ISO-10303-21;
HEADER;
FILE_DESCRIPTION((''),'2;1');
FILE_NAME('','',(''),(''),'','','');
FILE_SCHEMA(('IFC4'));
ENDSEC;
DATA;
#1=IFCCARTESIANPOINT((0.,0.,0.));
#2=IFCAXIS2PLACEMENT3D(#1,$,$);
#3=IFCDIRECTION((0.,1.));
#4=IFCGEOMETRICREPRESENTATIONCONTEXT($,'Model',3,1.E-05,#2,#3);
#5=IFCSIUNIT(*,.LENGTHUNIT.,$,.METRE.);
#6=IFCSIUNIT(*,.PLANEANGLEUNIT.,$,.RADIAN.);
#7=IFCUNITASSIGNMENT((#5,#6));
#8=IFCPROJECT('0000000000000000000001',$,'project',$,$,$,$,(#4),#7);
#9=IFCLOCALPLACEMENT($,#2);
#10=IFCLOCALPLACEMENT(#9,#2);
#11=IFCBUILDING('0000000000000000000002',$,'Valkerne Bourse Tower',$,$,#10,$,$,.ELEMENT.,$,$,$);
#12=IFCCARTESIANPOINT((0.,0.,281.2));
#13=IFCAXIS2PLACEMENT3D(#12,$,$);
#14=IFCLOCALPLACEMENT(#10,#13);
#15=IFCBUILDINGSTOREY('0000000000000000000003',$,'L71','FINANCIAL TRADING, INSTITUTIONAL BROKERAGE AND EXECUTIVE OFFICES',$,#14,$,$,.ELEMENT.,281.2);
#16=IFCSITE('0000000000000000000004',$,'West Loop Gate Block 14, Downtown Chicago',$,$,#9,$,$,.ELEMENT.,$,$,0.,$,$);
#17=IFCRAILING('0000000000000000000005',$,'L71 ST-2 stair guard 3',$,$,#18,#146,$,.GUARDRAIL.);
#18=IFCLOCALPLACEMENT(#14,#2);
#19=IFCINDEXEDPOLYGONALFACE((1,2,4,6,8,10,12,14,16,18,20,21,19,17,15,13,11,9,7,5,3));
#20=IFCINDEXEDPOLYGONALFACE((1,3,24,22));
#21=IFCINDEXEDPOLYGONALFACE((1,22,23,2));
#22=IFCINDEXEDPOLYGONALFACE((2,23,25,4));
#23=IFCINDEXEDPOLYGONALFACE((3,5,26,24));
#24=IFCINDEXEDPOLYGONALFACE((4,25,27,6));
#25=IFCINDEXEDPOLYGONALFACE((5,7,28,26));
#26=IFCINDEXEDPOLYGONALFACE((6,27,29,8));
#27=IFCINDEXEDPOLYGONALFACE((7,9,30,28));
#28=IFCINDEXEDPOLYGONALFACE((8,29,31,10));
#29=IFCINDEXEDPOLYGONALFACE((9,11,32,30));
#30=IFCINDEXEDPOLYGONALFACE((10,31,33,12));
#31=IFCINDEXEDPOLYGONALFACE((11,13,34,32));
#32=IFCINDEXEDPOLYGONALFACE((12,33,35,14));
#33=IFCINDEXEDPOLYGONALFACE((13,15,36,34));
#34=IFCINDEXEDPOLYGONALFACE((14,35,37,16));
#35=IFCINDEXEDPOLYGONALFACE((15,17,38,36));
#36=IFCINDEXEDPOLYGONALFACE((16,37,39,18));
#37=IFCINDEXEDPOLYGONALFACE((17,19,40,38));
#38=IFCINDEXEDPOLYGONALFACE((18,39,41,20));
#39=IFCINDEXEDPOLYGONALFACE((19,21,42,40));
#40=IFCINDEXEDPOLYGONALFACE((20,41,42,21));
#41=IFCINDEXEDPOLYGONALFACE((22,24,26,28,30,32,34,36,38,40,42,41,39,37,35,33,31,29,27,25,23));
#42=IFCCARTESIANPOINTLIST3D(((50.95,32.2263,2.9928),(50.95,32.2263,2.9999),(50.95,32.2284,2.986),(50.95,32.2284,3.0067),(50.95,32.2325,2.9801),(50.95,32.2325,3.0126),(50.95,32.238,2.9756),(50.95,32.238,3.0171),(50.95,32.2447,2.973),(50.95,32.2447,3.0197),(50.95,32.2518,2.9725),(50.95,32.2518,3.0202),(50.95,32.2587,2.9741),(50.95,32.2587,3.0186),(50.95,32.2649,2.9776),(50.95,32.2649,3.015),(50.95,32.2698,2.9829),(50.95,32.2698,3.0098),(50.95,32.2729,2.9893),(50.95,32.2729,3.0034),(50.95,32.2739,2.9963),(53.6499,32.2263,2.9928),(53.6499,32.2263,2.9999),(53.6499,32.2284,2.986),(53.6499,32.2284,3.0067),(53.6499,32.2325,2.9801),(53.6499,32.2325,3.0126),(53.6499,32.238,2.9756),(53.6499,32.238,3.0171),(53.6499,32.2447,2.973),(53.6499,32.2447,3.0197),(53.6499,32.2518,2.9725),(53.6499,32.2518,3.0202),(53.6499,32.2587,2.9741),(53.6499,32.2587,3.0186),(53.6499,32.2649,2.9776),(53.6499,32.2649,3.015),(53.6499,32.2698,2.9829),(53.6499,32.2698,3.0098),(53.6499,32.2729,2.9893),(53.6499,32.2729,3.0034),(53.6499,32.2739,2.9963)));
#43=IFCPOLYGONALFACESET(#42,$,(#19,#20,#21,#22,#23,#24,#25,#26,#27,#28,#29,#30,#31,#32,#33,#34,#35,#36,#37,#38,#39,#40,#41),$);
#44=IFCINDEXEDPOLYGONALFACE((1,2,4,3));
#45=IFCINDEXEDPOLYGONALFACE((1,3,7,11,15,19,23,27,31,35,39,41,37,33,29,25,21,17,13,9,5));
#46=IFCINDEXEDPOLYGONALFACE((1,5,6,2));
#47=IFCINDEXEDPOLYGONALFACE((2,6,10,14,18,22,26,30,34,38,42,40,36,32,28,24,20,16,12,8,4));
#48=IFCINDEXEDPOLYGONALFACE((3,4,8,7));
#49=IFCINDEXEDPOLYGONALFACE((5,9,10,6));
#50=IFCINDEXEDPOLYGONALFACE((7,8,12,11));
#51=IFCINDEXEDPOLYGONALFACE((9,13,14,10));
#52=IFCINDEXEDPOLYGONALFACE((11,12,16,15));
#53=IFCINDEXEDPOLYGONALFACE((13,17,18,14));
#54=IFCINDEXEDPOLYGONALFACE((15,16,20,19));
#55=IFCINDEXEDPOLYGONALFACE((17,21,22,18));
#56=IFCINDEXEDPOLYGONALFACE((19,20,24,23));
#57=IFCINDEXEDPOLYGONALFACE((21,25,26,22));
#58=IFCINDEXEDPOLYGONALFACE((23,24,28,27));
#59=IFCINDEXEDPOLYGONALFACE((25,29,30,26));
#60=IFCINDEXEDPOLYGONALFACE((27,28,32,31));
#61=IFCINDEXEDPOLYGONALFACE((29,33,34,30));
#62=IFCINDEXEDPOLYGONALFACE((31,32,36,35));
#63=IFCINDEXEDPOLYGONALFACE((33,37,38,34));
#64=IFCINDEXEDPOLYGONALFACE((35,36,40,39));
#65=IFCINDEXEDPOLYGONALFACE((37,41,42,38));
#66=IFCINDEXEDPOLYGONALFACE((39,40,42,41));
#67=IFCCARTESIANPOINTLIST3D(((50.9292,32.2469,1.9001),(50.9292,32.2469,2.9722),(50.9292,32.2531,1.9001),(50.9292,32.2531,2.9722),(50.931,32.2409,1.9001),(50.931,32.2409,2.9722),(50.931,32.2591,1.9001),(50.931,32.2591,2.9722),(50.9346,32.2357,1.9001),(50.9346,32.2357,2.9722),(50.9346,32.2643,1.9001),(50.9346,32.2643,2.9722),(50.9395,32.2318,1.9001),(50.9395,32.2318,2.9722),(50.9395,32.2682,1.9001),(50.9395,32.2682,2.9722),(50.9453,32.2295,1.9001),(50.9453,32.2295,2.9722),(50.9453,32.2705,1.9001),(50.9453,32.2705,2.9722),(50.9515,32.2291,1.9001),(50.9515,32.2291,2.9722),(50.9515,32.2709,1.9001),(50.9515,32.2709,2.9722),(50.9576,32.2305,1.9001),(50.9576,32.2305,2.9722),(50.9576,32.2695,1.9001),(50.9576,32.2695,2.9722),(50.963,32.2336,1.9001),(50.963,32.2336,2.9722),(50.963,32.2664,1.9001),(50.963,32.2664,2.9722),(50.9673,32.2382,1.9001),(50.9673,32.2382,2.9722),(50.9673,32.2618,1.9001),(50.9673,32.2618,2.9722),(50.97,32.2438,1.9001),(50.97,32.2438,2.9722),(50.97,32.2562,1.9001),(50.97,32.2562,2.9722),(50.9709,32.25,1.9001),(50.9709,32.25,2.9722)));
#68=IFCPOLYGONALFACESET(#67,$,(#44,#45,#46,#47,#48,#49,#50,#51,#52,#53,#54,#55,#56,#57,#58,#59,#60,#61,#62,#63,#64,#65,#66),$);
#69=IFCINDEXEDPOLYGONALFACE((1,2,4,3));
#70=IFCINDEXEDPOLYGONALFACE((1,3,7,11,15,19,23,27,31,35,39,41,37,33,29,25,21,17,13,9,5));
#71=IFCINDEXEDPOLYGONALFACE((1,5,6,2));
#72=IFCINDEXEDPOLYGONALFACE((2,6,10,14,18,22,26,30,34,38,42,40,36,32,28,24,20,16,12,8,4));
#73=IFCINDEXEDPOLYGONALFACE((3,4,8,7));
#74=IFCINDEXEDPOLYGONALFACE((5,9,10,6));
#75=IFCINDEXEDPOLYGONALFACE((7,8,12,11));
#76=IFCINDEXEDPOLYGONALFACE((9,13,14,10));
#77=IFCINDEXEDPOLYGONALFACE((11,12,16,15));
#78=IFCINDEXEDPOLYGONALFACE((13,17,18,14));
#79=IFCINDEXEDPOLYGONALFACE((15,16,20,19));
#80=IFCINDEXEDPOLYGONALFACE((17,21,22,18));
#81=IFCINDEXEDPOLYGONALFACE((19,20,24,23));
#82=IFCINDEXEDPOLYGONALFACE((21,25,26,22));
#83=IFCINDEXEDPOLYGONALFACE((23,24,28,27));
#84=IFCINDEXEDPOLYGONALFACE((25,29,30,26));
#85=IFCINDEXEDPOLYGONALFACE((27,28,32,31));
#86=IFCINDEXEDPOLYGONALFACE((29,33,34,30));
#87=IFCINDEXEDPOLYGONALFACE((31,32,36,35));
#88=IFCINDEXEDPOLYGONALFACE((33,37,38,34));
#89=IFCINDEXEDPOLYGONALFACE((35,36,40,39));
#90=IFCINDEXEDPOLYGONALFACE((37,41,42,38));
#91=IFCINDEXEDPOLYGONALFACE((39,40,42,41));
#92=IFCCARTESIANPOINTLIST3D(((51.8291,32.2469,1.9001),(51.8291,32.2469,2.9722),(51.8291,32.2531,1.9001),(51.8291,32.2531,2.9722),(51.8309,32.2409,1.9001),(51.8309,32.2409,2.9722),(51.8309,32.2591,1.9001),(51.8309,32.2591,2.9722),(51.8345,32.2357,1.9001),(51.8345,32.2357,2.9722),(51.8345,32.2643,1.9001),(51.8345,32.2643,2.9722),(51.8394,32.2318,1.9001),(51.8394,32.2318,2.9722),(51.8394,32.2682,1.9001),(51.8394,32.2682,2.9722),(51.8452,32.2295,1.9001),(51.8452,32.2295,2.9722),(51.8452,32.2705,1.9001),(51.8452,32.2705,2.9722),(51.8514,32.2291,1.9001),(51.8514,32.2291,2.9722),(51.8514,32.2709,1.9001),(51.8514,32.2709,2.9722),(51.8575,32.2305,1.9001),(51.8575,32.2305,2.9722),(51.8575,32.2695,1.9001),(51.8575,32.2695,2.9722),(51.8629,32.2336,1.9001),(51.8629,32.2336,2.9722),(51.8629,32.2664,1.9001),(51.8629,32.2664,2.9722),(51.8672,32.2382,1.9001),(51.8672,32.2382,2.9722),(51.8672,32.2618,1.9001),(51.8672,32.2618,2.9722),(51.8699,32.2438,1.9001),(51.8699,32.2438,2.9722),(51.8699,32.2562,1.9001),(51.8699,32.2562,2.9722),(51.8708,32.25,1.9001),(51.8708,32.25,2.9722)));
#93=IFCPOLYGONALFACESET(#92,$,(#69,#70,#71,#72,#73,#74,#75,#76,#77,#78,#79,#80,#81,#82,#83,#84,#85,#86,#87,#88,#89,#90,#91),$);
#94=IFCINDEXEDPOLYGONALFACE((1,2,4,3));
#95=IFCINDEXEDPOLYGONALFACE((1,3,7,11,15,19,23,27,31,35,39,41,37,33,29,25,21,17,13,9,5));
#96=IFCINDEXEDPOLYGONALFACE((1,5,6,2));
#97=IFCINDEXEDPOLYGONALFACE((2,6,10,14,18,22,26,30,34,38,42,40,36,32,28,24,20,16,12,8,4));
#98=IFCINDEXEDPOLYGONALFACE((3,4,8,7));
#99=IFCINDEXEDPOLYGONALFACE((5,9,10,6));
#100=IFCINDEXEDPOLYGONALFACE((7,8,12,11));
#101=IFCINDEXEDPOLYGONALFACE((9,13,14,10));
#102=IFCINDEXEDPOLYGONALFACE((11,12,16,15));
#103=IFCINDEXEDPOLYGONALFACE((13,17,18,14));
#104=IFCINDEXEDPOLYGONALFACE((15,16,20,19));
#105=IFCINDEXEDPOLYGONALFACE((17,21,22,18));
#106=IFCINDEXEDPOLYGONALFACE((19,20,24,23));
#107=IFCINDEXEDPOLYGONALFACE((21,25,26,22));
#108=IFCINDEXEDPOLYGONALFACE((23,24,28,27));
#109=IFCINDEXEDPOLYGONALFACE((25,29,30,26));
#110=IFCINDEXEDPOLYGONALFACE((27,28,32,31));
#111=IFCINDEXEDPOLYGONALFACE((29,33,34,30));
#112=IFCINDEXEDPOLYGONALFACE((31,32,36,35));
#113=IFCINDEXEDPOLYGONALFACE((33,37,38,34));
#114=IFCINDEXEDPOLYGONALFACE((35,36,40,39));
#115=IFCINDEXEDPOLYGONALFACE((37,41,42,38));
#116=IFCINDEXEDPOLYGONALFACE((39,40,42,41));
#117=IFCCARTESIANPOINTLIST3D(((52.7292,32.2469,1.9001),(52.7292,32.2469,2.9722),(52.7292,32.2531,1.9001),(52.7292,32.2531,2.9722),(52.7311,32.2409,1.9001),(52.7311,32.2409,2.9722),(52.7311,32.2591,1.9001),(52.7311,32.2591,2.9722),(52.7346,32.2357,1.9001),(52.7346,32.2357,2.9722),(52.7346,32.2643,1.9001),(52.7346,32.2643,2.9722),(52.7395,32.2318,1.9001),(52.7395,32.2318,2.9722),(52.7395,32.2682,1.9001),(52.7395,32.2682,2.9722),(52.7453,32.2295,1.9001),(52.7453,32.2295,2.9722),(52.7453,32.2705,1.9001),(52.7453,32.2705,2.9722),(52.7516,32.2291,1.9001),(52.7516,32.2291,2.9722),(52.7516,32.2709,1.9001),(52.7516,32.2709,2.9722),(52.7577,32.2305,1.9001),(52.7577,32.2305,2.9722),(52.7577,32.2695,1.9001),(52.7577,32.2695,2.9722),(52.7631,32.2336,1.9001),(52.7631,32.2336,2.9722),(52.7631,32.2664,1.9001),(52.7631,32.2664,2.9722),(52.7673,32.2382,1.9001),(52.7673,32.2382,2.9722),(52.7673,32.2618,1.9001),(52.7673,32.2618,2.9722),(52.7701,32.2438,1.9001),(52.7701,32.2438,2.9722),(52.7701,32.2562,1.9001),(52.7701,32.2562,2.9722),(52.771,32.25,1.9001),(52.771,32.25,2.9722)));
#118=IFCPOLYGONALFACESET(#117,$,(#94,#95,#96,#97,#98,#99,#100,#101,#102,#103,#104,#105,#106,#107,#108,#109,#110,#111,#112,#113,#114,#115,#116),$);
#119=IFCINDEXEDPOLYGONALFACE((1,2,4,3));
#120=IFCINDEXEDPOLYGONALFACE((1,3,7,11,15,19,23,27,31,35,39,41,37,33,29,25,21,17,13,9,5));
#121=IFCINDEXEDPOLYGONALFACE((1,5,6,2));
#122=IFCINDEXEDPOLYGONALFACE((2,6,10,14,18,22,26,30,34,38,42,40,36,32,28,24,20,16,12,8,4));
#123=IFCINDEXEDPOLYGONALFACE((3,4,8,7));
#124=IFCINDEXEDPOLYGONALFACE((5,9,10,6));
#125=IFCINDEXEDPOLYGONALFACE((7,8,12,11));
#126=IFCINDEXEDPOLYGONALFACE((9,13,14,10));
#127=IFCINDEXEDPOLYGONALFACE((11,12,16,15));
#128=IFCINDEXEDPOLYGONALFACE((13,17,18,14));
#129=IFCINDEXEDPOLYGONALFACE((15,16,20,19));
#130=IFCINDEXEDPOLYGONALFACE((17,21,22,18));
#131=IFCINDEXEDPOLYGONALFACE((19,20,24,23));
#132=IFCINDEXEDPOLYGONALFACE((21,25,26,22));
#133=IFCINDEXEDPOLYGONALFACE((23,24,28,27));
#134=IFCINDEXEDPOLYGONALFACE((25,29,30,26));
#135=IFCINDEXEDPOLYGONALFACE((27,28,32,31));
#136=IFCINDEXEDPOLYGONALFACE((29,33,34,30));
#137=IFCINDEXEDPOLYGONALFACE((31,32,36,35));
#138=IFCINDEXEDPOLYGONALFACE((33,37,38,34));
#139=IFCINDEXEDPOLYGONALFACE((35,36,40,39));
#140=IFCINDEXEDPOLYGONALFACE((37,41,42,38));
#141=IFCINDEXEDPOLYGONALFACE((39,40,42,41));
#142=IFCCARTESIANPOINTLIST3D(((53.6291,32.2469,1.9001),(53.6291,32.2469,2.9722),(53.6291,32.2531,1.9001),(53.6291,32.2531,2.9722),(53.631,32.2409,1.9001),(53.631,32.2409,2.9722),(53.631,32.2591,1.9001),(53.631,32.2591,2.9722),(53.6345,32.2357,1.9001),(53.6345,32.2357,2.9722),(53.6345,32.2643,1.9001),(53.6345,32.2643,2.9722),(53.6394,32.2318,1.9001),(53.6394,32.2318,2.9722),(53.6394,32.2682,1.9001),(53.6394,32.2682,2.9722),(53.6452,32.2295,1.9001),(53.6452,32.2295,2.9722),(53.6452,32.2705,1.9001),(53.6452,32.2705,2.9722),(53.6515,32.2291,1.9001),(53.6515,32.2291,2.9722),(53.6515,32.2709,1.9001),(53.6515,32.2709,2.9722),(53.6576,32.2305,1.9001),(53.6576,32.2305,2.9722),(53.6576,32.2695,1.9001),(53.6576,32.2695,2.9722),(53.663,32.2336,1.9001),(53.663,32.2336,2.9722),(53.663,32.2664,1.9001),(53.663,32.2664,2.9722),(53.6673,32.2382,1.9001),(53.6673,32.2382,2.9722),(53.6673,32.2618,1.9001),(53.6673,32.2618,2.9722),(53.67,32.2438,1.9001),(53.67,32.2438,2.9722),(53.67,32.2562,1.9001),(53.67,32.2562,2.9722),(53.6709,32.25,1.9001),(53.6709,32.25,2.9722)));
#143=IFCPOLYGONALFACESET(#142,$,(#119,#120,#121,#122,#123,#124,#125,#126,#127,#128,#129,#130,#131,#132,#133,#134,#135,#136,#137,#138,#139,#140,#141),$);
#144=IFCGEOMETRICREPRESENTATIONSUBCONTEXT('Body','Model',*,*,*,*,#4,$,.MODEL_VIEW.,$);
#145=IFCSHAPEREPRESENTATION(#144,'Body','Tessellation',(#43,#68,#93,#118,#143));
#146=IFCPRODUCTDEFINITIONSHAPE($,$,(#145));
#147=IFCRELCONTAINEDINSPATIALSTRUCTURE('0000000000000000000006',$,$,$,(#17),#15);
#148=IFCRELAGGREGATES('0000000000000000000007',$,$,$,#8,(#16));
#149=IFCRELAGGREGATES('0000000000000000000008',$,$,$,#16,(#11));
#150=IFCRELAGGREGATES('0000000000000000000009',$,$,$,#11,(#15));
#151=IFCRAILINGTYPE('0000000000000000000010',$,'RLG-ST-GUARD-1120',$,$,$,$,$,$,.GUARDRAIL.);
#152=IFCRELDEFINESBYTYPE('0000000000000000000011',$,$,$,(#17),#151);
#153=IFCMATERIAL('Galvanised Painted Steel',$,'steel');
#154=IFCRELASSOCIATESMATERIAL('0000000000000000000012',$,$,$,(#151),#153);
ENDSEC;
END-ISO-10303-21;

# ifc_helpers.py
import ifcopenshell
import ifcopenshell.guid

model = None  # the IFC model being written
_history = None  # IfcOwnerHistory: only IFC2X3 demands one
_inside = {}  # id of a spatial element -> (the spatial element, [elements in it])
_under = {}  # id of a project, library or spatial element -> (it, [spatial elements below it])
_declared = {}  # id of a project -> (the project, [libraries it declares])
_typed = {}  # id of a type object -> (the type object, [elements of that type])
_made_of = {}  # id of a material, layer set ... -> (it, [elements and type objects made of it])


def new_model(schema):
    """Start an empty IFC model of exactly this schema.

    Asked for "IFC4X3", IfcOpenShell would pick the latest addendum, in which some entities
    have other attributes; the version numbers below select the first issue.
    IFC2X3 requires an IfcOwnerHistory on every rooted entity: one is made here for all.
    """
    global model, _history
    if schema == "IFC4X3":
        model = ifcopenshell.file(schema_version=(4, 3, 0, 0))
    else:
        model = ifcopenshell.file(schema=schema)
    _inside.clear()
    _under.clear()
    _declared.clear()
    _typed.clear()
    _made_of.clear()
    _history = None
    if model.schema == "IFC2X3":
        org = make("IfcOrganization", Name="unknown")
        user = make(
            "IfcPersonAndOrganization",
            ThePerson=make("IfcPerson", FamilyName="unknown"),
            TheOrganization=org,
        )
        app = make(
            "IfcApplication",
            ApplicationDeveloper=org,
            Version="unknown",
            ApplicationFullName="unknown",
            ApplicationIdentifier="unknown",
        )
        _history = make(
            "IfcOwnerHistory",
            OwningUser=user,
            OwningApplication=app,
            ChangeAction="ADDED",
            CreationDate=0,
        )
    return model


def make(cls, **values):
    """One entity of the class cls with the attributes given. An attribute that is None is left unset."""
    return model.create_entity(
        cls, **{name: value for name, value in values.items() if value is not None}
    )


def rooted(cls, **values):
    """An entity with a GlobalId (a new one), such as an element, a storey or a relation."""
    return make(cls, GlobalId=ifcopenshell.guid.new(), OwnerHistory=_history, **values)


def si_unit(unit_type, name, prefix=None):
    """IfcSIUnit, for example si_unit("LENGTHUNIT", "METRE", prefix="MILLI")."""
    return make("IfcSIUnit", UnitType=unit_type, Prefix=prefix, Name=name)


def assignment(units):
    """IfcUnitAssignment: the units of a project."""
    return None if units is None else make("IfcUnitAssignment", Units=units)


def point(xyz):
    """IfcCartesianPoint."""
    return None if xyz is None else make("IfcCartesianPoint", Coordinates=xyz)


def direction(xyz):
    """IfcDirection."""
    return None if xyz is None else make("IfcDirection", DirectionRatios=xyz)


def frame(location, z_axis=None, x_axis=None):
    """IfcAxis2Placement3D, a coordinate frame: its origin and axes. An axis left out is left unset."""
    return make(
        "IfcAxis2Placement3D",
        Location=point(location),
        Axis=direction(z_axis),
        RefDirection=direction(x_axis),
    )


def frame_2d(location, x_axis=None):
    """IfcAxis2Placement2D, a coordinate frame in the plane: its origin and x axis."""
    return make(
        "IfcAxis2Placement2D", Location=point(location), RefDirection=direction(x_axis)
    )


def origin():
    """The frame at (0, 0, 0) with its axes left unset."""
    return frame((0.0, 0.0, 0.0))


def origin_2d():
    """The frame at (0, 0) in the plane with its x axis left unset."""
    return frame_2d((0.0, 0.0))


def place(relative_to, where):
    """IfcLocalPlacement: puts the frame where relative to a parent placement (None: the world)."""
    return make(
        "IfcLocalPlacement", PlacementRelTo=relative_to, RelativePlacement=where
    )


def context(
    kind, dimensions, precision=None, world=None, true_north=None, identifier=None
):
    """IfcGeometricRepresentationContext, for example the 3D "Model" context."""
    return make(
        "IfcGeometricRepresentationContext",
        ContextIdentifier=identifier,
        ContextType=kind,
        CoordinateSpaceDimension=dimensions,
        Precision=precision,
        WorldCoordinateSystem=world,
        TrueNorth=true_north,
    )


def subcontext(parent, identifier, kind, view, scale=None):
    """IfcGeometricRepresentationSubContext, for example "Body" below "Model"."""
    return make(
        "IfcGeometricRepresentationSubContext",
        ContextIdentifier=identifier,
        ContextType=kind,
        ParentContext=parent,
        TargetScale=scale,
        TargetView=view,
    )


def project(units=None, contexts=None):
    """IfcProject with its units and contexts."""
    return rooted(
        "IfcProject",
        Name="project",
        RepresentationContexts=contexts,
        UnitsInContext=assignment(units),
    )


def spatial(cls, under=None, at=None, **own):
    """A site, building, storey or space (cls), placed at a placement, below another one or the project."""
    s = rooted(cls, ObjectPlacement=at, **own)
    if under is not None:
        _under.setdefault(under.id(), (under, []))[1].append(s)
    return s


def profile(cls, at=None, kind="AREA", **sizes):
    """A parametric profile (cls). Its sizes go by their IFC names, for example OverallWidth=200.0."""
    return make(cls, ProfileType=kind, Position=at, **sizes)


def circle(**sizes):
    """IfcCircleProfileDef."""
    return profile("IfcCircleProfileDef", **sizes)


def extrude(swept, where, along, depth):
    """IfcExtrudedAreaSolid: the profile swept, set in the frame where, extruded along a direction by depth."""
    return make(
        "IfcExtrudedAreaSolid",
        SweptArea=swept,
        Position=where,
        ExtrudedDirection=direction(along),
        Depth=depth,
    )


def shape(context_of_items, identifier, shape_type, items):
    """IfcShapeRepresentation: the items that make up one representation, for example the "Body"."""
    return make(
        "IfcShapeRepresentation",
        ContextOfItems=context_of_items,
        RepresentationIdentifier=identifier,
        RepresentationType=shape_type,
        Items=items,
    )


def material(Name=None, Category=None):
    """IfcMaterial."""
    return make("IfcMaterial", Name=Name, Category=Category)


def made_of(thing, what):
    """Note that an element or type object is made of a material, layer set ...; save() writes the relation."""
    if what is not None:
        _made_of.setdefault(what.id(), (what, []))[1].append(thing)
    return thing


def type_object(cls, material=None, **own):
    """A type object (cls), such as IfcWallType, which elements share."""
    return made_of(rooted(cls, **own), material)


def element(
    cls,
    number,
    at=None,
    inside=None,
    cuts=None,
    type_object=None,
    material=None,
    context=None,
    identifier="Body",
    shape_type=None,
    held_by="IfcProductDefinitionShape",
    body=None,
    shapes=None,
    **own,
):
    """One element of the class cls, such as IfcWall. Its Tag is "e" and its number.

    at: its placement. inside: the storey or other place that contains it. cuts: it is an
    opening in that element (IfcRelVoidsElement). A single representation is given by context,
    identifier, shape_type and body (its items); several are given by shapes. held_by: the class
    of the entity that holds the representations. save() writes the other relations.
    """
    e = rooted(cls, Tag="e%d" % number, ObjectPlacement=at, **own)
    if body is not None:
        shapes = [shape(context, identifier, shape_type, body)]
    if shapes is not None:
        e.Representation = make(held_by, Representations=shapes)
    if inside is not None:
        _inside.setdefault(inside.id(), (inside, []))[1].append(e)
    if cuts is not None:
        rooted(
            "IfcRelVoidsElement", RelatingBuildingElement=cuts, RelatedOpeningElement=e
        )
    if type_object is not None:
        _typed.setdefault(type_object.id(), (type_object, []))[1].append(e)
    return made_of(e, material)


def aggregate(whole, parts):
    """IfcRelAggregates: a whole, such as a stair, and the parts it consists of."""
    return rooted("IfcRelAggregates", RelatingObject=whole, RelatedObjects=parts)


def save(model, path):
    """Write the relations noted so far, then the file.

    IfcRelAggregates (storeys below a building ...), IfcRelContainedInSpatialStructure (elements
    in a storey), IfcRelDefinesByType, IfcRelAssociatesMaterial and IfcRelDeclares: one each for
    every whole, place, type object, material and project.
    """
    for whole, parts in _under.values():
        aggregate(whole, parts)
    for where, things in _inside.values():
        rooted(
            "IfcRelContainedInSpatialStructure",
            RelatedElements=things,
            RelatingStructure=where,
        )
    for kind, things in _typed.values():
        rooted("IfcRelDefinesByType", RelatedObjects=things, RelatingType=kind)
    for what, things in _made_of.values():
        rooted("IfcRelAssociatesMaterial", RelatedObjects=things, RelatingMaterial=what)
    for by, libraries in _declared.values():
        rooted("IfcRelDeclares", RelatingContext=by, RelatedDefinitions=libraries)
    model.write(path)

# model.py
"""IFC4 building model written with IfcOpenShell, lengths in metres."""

from ifc_helpers import new_model, si_unit, direction, frame, origin, origin_2d, place, context, subcontext, project, spatial, circle, extrude, material, type_object, element, save


model = new_model("IFC4")

# Units and contexts
model_context = context("Model", 3, precision=1e-05, world=origin(), true_north=direction((0.0, 1.0)))
body_context = subcontext(model_context, "Body", "Model", "MODEL_VIEW")
ifc_project = project(units=[si_unit("LENGTHUNIT", "METRE"), si_unit("PLANEANGLEUNIT", "RADIAN")], contexts=[model_context])

# Site, building, storey
site_placement = place(None, origin())
site = spatial("IfcSite", under=ifc_project, at=site_placement, Name="West Loop Gate Block 14, Downtown Chicago", CompositionType="ELEMENT", RefElevation=0.0)
building_placement = place(site_placement, origin())
building = spatial("IfcBuilding", under=site, at=building_placement, Name="Valkerne Bourse Tower", CompositionType="ELEMENT")
storey_placement = place(building_placement, frame((0.0, 0.0, 281.2)))
storey = spatial("IfcBuildingStorey", under=building, at=storey_placement, Name="L71", Description="FINANCIAL TRADING, INSTITUTIONAL BROKERAGE AND EXECUTIVE OFFICES", CompositionType="ELEMENT", Elevation=281.2)

# Shared definitions
ifc_material_1 = material(Name="Galvanised Painted Steel", Category="steel")

# Railing
railing_type_1 = type_object("IfcRailingType", Name="RLG-ST-GUARD-1120", PredefinedType="GUARDRAIL", material=ifc_material_1)
railing_1_placement = place(storey_placement, frame((50.95, 32.25, 1.9001)))
element("IfcRailing", 1, at=railing_1_placement, inside=storey, type_object=railing_type_1, Name="L71 ST-2 stair guard 3", PredefinedType="GUARDRAIL", context=body_context, shape_type="SweptSolid", body=[
    extrude(circle(Radius=0.0239, at=origin_2d()), frame((0.0, 0.0, 1.0962), z_axis=(1.0, 0.0, 0.0), x_axis=(0.0, 1.0, 0.0)), (0.0, 0.0, 1.0), 2.7),
    extrude(circle(Radius=0.021, at=origin_2d()), origin(), (0.0, 0.0, 1.0), 1.072),
    extrude(circle(Radius=0.021, at=origin_2d()), frame((0.8999, 0.0, 0.0)), (0.0, 0.0, 1.0), 1.072),
    extrude(circle(Radius=0.021, at=origin_2d()), frame((1.8, 0.0, 0.0)), (0.0, 0.0, 1.0), 1.072),
    extrude(circle(Radius=0.021, at=origin_2d()), frame((2.7, 0.0, 0.0)), (0.0, 0.0, 1.0), 1.072),
])

save(model, "model.ifc")
